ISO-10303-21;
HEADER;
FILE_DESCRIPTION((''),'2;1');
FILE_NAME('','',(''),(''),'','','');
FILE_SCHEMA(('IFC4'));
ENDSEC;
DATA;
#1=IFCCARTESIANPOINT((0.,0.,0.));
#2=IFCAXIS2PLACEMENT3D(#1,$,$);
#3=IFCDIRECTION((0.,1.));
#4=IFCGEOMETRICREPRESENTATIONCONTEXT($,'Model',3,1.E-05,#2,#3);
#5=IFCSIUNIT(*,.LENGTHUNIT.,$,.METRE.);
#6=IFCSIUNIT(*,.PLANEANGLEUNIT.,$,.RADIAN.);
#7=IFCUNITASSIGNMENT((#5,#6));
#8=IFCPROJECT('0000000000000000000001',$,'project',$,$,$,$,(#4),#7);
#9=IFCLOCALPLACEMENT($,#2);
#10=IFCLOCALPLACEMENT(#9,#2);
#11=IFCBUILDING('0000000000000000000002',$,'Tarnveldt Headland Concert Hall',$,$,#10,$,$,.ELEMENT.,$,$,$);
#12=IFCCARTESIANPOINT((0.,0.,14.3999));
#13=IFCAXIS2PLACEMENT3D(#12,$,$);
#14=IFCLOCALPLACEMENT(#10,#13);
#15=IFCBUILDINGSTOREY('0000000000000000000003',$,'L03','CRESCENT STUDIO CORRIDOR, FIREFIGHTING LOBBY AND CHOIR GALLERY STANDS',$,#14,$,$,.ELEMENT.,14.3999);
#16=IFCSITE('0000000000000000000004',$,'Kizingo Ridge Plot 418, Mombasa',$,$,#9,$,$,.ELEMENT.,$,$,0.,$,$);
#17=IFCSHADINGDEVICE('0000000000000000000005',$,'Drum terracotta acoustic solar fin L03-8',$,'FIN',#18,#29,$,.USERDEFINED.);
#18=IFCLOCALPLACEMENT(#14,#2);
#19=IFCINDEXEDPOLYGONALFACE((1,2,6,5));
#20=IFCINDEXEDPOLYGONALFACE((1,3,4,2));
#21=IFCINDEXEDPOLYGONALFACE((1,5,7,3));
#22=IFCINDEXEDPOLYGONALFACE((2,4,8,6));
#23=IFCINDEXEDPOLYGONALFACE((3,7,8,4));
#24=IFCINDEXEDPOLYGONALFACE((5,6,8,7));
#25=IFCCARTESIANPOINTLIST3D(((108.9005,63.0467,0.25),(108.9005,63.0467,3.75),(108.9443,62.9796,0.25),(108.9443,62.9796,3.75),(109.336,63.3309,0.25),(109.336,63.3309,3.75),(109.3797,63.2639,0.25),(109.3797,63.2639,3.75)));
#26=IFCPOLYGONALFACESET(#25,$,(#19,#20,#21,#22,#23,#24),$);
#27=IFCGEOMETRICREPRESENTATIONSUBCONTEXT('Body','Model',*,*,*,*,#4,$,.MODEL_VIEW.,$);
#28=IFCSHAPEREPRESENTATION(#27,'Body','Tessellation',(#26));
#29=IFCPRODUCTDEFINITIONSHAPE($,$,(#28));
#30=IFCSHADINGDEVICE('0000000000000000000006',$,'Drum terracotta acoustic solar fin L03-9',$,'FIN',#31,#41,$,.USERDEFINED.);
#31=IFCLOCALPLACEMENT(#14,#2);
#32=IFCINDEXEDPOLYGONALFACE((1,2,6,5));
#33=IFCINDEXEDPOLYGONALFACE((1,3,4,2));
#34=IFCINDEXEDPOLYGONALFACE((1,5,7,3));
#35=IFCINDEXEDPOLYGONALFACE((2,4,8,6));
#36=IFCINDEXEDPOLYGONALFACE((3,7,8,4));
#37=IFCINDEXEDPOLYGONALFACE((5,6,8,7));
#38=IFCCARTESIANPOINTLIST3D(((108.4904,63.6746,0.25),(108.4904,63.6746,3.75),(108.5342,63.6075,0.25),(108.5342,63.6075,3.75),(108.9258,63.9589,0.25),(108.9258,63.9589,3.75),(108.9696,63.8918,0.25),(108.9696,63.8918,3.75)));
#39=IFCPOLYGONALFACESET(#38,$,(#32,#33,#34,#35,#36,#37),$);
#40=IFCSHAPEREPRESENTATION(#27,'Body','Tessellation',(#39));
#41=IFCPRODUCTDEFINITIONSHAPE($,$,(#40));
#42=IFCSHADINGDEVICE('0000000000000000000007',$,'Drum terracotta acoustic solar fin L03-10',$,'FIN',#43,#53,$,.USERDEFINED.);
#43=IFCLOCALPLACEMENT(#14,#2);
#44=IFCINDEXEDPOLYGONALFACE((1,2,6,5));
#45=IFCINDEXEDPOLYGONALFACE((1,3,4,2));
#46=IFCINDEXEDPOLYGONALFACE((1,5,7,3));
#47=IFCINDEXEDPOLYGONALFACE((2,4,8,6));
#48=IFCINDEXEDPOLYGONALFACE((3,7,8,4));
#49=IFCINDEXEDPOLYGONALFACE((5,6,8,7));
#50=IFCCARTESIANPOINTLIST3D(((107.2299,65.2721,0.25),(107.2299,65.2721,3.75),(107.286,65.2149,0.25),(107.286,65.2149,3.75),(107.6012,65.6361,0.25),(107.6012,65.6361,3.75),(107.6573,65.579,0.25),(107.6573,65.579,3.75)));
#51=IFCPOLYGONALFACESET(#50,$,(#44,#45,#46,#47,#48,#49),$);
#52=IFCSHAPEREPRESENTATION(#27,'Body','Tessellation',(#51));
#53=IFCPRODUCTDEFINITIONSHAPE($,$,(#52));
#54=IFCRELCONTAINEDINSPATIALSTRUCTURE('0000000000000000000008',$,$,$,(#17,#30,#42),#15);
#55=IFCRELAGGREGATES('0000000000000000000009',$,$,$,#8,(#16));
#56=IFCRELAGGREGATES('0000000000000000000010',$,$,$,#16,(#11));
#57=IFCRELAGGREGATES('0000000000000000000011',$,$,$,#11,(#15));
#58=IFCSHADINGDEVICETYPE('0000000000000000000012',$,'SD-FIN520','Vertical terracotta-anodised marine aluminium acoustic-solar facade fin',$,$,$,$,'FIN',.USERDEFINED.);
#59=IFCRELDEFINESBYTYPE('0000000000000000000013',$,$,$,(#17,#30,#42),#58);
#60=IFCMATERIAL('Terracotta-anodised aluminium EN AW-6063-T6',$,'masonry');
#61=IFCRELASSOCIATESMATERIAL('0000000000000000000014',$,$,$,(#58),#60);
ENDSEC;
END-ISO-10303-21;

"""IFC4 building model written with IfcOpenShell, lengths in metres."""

from ifc_helpers import new_model, si_unit, direction, frame, origin, origin_2d, place, context, subcontext, project, spatial, rectangle, extrude, material, type_object, element, save


model = new_model("IFC4")

# Units and contexts
model_context = context("Model", 3, precision=1e-05, world=origin(), true_north=direction((0.0, 1.0)))
body_context = subcontext(model_context, "Body", "Model", "MODEL_VIEW")
ifc_project = project(units=[si_unit("LENGTHUNIT", "METRE"), si_unit("PLANEANGLEUNIT", "RADIAN")], contexts=[model_context])

# Site, building, storey
site_placement = place(None, origin())
site = spatial("IfcSite", under=ifc_project, at=site_placement, Name="Kizingo Ridge Plot 418, Mombasa", CompositionType="ELEMENT", RefElevation=0.0)
building_placement = place(site_placement, origin())
building = spatial("IfcBuilding", under=site, at=building_placement, Name="Tarnveldt Headland Concert Hall", CompositionType="ELEMENT")
storey_placement = place(building_placement, frame((0.0, 0.0, 14.3999)))
storey = spatial("IfcBuildingStorey", under=building, at=storey_placement, Name="L03", Description="CRESCENT STUDIO CORRIDOR, FIREFIGHTING LOBBY AND CHOIR GALLERY STANDS", CompositionType="ELEMENT", Elevation=14.3999)

# Shading devices
ifc_material_1 = material(Name="Terracotta-anodised aluminium EN AW-6063-T6", Category="masonry")
shading_device_type = type_object("IfcShadingDeviceType", Name="SD-FIN520", Description="Vertical terracotta-anodised marine aluminium acoustic-solar facade fin", ElementType="FIN", PredefinedType="USERDEFINED", material=ifc_material_1)
for number, where, z_axis, x_axis, name in (
    (1, (109.1401, 63.1553, 0.25), (0.0, 0.0, 1.0), (0.837337, 0.546687, 0.0), "Drum terracotta acoustic solar fin L03-8"),
    (2, (108.73, 63.7832, 0.25), (0.0, 0.0, 1.0), (0.837337, 0.546687, 0.0), "Drum terracotta acoustic solar fin L03-9"),
    (3, (107.4436, 65.4255, 0.25), (0.0, 0.0, 1.0), (0.714106, 0.700037, 0.0), "Drum terracotta acoustic solar fin L03-10"),
):
    element("IfcShadingDevice", number, at=place(storey_placement, frame(where, z_axis=z_axis, x_axis=x_axis)), inside=storey, type_object=shading_device_type, Name=name, ObjectType="FIN", PredefinedType="USERDEFINED", context=body_context, shape_type="SweptSolid", body=[
        extrude(rectangle(XDim=0.52, YDim=0.0801, at=origin_2d()), origin(), (0.0, 0.0, 1.0), 3.5),
    ])

save(model, "model.ifc")
